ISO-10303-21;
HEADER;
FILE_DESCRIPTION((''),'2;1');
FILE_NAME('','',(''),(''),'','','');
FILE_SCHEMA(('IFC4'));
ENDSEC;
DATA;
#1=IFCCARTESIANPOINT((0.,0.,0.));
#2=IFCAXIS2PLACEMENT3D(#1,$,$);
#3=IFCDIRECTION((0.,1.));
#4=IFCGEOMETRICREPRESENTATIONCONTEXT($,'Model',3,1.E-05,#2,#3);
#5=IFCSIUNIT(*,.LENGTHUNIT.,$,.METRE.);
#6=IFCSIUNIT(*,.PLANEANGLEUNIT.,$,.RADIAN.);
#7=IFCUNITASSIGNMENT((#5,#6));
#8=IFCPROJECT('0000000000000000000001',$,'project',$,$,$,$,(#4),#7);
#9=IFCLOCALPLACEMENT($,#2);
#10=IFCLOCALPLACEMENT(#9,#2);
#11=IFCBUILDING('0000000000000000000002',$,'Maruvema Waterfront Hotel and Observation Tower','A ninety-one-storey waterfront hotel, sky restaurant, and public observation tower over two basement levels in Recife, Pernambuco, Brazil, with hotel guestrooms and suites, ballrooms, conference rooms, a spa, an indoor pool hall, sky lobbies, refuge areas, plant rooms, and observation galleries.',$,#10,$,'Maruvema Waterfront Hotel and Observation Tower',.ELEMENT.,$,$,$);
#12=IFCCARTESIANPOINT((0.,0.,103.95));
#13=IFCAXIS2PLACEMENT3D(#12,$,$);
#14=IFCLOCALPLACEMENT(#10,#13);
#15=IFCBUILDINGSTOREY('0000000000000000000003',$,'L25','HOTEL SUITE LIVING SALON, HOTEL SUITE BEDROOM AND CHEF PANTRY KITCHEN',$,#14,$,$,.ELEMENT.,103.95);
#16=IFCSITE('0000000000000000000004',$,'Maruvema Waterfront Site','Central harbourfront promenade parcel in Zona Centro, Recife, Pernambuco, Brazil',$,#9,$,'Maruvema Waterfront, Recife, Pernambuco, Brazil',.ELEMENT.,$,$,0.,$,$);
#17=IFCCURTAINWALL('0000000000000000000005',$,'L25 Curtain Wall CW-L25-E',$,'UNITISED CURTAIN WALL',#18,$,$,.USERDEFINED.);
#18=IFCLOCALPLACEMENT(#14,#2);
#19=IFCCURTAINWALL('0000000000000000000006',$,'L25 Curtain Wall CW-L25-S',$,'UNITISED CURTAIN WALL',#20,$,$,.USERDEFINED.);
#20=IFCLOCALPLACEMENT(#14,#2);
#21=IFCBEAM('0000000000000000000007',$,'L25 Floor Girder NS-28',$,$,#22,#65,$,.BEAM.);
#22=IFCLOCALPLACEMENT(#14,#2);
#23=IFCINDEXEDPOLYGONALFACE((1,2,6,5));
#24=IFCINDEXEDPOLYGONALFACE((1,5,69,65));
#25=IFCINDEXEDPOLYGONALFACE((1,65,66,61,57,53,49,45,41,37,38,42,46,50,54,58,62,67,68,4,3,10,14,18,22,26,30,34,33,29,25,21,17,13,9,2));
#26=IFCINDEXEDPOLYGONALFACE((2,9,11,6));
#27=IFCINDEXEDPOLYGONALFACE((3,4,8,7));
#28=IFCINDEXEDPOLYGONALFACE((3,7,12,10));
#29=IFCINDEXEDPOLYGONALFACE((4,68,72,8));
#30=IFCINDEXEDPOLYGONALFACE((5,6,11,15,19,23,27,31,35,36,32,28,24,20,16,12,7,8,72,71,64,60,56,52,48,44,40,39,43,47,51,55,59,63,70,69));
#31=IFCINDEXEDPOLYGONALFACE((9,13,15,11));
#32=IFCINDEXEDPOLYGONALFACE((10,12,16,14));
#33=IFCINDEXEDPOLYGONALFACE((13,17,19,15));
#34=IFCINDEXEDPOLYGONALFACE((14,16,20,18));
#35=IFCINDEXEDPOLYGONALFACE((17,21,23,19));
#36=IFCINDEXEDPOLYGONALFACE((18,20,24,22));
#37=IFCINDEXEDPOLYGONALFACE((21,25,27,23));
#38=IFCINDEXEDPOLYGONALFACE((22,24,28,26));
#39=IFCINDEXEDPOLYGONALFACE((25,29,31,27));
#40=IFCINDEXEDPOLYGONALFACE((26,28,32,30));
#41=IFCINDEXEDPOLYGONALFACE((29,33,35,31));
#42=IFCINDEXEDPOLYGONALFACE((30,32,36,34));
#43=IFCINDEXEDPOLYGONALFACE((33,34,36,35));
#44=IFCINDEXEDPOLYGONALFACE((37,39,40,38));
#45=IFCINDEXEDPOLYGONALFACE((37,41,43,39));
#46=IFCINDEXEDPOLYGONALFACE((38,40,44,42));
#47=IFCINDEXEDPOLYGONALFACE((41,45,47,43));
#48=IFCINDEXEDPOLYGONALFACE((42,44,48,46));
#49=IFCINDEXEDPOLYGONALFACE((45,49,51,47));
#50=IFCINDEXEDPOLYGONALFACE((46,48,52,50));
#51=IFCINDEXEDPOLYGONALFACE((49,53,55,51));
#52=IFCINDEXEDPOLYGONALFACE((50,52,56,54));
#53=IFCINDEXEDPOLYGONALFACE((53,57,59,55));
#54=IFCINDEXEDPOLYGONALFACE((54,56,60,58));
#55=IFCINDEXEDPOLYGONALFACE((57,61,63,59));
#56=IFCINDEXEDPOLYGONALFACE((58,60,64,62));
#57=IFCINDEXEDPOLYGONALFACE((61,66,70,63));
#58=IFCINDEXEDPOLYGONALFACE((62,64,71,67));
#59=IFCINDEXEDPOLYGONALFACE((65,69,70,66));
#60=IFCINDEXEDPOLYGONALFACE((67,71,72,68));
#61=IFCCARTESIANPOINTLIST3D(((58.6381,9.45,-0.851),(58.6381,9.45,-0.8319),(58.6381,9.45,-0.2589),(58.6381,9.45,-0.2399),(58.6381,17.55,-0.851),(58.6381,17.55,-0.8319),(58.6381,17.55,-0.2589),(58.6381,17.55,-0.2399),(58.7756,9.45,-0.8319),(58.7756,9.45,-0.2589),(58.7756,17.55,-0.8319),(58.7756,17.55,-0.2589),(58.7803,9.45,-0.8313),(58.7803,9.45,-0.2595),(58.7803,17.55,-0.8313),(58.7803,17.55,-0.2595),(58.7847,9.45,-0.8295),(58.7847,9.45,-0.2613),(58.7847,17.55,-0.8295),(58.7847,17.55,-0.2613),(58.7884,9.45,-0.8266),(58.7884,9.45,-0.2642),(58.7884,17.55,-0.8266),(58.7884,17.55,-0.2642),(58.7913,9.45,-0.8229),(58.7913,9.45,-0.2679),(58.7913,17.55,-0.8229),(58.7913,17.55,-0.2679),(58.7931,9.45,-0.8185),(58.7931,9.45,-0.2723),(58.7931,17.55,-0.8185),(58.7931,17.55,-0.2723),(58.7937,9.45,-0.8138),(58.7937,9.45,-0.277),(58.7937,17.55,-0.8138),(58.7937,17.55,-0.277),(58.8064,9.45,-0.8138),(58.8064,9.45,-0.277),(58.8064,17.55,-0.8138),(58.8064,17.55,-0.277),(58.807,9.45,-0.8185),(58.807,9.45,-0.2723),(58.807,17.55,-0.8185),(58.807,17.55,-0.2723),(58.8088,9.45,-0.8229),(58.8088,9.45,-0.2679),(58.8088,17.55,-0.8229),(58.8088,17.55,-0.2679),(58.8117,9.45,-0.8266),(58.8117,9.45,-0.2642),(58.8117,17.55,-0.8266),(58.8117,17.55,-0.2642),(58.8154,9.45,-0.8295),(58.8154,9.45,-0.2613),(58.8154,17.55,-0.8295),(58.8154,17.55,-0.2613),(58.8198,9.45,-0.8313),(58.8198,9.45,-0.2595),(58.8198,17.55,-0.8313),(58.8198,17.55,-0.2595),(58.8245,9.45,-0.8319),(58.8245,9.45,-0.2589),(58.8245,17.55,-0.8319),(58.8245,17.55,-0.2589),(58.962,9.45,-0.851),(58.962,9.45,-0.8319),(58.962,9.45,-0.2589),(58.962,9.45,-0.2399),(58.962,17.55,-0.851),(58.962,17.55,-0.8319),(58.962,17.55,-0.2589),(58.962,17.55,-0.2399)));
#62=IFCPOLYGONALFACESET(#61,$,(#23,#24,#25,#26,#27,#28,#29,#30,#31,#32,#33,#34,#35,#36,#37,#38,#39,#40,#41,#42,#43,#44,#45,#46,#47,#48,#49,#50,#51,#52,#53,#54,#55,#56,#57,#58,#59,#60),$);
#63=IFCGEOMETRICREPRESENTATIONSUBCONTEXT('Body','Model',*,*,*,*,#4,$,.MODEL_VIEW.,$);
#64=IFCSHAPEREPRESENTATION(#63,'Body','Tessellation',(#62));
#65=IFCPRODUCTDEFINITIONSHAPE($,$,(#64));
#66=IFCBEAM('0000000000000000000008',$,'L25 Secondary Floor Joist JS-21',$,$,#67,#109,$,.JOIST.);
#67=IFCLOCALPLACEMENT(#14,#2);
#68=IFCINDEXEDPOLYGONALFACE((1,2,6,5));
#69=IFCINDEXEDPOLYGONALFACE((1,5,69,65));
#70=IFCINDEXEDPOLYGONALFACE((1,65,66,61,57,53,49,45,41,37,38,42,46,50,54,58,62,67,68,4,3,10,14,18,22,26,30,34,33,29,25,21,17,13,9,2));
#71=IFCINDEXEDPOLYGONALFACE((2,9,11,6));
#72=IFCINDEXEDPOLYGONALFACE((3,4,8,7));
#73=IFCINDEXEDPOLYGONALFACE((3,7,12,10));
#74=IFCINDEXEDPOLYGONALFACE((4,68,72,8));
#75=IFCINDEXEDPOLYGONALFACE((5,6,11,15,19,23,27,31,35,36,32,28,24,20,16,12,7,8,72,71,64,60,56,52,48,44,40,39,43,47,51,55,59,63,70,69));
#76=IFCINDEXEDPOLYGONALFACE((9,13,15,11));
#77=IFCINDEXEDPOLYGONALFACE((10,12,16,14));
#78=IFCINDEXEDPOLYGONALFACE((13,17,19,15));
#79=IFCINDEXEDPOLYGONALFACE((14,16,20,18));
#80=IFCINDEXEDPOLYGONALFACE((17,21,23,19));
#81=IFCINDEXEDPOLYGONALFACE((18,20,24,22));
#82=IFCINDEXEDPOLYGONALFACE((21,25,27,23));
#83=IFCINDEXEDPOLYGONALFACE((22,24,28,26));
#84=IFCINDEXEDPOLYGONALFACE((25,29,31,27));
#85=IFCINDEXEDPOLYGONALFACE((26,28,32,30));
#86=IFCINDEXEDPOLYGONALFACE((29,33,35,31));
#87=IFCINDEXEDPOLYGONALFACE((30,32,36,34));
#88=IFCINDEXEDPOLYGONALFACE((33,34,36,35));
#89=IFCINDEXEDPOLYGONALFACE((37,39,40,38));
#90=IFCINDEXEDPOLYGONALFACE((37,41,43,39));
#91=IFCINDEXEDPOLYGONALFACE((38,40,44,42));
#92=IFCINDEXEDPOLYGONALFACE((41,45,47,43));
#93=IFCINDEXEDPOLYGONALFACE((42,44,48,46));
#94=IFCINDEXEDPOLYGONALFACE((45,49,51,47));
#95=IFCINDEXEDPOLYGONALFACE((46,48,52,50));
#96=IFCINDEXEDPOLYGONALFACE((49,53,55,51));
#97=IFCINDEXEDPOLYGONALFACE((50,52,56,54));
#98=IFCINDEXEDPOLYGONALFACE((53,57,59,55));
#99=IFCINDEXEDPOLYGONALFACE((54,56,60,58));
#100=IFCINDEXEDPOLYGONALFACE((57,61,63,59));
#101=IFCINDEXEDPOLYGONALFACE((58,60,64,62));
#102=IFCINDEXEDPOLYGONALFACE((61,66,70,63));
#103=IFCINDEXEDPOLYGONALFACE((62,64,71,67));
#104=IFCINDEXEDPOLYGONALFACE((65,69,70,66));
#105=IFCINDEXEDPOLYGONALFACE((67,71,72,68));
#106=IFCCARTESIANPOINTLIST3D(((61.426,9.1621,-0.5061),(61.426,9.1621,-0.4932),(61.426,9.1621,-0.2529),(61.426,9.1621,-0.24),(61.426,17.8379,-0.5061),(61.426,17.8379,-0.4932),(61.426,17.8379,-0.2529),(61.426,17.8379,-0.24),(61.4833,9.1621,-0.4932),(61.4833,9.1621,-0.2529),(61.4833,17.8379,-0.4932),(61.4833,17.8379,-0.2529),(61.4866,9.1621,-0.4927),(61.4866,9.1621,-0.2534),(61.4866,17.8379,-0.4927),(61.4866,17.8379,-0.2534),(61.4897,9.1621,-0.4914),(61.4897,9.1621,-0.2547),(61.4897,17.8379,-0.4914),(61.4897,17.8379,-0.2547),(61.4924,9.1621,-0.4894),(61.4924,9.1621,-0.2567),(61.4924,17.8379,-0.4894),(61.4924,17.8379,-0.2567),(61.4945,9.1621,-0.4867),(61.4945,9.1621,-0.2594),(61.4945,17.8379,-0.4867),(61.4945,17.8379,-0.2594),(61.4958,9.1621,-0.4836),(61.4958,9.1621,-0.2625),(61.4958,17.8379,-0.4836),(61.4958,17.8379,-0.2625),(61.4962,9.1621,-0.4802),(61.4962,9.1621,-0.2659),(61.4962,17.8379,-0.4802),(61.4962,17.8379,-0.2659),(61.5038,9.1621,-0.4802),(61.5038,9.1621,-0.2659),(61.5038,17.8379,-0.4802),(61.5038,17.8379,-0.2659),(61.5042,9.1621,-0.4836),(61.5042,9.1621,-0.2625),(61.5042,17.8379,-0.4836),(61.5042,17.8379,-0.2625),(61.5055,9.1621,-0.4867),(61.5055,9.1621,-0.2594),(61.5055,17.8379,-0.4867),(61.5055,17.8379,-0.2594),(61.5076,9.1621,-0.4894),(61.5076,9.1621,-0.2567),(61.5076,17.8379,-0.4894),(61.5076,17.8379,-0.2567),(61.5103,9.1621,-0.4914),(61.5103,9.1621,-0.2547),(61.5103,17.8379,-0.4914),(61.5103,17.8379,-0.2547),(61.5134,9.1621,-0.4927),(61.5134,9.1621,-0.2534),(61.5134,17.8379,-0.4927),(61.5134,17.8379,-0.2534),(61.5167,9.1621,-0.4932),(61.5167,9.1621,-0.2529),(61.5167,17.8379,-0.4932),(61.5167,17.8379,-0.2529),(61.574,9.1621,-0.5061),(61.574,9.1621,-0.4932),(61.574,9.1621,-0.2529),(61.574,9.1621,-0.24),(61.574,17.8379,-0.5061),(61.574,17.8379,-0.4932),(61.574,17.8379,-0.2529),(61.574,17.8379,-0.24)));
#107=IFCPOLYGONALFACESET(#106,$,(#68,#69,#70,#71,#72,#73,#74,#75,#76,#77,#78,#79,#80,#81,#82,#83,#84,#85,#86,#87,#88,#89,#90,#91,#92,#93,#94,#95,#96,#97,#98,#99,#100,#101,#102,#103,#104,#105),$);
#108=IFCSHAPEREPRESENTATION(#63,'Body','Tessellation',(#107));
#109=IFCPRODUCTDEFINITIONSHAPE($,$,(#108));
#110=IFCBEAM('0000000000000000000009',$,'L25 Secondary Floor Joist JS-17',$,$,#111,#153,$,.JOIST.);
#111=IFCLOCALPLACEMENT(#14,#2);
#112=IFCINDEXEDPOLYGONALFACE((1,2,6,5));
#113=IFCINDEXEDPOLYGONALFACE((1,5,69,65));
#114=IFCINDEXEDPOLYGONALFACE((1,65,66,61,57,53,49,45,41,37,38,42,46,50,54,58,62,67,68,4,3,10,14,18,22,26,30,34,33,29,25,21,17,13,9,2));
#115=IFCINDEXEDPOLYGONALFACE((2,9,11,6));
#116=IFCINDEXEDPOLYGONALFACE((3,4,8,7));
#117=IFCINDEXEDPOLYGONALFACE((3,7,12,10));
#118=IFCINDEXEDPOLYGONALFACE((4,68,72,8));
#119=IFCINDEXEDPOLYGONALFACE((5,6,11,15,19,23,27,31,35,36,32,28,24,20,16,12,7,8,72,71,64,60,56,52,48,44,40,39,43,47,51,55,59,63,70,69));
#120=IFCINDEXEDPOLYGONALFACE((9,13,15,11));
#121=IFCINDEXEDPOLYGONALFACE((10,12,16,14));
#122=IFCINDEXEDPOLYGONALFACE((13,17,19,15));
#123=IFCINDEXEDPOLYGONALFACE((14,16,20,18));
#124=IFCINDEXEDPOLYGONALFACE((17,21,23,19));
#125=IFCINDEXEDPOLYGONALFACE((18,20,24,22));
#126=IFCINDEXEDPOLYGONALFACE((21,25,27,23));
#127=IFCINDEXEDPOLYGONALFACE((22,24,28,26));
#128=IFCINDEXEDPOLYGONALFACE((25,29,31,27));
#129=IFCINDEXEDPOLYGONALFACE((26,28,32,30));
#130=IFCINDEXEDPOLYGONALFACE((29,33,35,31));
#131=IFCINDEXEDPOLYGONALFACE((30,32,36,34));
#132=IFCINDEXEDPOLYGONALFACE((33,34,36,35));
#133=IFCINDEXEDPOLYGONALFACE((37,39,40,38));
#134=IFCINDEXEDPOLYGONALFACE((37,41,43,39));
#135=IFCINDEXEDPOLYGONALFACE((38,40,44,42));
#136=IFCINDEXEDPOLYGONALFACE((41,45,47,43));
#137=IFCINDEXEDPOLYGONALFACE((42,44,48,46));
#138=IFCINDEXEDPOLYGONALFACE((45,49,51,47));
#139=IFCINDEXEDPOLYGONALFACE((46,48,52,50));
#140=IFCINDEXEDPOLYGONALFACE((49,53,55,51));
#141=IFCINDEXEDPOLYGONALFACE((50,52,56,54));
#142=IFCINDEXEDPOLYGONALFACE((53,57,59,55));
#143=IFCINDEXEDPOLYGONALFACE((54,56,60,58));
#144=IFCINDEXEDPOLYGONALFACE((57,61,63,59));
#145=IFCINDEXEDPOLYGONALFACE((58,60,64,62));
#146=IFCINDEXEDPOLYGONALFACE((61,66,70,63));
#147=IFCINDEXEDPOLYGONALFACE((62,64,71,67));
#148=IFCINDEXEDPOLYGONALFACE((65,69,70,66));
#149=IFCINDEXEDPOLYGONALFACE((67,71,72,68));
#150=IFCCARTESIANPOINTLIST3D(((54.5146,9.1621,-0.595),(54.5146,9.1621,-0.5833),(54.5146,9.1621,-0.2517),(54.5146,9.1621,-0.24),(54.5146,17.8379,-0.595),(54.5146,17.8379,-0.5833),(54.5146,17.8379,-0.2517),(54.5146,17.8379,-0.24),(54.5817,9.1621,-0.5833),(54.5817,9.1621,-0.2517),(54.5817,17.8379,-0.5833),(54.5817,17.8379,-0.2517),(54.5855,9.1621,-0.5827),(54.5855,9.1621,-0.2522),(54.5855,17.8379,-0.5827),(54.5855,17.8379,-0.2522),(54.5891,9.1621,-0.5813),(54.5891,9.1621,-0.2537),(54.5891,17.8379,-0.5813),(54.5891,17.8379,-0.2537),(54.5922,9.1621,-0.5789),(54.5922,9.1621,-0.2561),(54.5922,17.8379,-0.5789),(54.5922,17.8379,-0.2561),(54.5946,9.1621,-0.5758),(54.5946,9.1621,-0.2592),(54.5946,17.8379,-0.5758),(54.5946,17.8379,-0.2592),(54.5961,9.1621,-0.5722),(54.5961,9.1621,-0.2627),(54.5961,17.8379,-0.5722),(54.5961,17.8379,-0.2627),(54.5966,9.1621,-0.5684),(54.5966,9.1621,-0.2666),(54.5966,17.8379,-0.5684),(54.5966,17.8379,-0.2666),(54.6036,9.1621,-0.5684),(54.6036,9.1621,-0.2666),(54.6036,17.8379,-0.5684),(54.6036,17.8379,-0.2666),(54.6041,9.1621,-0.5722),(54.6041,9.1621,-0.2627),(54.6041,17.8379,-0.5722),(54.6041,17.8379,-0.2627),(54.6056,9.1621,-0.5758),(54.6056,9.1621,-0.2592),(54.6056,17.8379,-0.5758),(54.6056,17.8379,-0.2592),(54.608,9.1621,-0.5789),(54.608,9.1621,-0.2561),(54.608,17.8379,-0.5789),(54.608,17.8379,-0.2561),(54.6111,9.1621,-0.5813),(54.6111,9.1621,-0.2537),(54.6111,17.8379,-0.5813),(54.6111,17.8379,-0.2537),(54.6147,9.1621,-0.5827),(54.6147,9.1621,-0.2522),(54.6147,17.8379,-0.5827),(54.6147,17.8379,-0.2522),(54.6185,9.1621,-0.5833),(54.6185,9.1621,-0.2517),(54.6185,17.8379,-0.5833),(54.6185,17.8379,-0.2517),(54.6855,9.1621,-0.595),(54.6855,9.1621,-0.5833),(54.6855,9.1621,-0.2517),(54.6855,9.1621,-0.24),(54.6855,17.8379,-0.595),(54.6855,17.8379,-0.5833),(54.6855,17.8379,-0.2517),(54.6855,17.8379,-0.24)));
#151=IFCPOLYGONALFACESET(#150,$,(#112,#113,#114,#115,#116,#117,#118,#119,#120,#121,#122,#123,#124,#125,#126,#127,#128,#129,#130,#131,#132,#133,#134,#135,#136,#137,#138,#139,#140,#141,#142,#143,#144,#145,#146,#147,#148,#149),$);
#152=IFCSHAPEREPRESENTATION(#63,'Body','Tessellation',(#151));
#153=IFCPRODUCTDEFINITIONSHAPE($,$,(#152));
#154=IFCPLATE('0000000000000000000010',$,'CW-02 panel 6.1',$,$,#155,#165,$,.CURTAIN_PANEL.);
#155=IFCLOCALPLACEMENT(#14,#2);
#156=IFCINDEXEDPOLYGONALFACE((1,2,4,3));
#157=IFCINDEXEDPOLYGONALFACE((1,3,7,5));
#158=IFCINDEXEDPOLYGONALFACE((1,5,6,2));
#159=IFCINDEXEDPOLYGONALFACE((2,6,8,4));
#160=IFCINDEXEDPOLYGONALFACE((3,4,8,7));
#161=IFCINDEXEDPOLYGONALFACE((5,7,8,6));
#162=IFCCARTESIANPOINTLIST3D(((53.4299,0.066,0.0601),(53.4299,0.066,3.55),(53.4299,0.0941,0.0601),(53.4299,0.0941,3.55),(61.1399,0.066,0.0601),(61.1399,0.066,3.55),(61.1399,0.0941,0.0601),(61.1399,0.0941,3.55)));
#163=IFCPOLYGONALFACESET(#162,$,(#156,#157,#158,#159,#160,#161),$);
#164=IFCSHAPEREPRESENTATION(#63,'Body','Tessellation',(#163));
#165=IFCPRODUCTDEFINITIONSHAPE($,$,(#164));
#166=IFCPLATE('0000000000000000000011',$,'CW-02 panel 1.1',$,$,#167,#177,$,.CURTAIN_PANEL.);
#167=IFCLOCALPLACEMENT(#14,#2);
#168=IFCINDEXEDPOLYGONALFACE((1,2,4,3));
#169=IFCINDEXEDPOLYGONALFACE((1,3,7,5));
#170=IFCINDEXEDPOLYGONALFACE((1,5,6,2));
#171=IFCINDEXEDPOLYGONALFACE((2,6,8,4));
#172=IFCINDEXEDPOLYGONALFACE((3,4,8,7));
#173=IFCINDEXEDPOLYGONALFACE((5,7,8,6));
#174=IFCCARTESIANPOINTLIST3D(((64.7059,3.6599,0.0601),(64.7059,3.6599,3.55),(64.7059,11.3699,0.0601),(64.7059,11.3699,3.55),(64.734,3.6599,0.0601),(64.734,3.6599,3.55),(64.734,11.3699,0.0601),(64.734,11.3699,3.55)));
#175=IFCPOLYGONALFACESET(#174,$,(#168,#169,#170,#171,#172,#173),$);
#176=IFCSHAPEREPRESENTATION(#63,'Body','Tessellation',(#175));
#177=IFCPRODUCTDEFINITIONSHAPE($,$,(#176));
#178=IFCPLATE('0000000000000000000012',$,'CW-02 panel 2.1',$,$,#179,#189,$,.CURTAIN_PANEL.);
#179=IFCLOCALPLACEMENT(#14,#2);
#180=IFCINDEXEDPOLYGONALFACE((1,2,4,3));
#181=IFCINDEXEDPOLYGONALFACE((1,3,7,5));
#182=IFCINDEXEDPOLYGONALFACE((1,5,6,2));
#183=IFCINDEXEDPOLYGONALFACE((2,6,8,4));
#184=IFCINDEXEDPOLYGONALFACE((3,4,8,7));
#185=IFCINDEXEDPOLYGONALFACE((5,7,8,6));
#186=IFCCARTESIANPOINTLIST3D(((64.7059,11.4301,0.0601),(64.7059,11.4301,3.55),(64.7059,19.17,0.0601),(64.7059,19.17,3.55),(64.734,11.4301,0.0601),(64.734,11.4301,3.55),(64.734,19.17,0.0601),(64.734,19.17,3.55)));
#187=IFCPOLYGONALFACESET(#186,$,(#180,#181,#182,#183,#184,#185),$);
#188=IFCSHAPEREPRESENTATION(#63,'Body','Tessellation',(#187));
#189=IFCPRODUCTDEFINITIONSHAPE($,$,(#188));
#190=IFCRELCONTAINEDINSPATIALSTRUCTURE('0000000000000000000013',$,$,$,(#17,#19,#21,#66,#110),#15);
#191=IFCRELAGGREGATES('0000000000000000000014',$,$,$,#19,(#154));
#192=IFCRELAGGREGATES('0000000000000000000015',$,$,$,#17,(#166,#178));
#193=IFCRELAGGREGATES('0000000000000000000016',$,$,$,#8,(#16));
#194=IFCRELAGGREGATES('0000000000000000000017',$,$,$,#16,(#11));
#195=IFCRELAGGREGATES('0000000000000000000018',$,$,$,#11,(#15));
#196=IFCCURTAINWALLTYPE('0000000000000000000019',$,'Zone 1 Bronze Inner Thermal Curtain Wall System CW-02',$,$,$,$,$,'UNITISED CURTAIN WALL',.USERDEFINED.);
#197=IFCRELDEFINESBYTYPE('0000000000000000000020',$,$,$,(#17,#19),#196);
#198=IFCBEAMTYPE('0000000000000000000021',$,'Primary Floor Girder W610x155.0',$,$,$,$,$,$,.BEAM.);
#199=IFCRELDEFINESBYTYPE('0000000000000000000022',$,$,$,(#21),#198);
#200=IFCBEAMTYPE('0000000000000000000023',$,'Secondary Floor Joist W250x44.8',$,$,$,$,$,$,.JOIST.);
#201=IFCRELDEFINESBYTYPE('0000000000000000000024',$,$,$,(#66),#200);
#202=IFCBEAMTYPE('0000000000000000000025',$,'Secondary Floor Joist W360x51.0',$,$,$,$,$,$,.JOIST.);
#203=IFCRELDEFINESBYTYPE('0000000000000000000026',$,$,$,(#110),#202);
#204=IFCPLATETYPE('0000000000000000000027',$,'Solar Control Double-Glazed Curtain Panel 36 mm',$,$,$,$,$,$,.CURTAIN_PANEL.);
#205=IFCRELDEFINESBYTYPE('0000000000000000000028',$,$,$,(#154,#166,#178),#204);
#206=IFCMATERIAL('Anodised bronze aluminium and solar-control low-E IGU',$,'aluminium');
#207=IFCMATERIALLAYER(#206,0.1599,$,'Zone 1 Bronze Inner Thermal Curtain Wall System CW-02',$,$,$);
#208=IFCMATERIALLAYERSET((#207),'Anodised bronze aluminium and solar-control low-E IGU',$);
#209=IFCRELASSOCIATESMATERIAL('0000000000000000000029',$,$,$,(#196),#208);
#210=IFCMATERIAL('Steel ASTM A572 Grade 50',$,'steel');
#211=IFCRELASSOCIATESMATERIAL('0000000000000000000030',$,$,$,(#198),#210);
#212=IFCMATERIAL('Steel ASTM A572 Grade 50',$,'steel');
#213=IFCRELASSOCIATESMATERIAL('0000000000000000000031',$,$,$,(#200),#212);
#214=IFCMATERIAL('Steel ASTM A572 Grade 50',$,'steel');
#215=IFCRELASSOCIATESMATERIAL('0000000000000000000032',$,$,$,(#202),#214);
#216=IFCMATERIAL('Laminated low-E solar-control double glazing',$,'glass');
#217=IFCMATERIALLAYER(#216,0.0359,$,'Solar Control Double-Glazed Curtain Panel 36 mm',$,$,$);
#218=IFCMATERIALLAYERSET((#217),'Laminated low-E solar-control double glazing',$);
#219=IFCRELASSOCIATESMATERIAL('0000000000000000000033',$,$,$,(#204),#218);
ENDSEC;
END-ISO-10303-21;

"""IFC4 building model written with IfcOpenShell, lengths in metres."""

from ifc_helpers import new_model, si_unit, direction, frame, origin, origin_2d, place, context, subcontext, project, spatial, rectangle, i_section, extrude, material, layer, layer_set, material_profile, profile_set, type_object, element, aggregate, save


model = new_model("IFC4")

# Units and contexts
model_context = context("Model", 3, precision=1e-05, world=origin(), true_north=direction((0.0, 1.0)))
body_context = subcontext(model_context, "Body", "Model", "MODEL_VIEW")
ifc_project = project(units=[si_unit("LENGTHUNIT", "METRE"), si_unit("PLANEANGLEUNIT", "RADIAN")], contexts=[model_context])

# Site, building, storey
site_placement = place(None, origin())
site = spatial("IfcSite", under=ifc_project, at=site_placement, Name="Maruvema Waterfront Site", Description="Central harbourfront promenade parcel in Zona Centro, Recife, Pernambuco, Brazil", LongName="Maruvema Waterfront, Recife, Pernambuco, Brazil", CompositionType="ELEMENT", RefElevation=0.0)
building_placement = place(site_placement, origin())
building = spatial("IfcBuilding", under=site, at=building_placement, Name="Maruvema Waterfront Hotel and Observation Tower", Description="A ninety-one-storey waterfront hotel, sky restaurant, and public observation tower over two basement levels in Recife, Pernambuco, Brazil, with hotel guestrooms and suites, ballrooms, conference rooms, a spa, an indoor pool hall, sky lobbies, refuge areas, plant rooms, and observation galleries.", LongName="Maruvema Waterfront Hotel and Observation Tower", CompositionType="ELEMENT")
storey_placement = place(building_placement, frame((0.0, 0.0, 103.95)))
storey = spatial("IfcBuildingStorey", under=building, at=storey_placement, Name="L25", Description="HOTEL SUITE LIVING SALON, HOTEL SUITE BEDROOM AND CHEF PANTRY KITCHEN", CompositionType="ELEMENT", Elevation=103.95)

# Curtain wall
ifc_material_1 = material(Name="Anodised bronze aluminium and solar-control low-E IGU", Category="aluminium")
ifc_layer_1 = layer(ifc_material_1, 0.1599, Name="Zone 1 Bronze Inner Thermal Curtain Wall System CW-02")
ifc_layer_set_1 = layer_set([ifc_layer_1], Name="Anodised bronze aluminium and solar-control low-E IGU")
curtain_wall_type = type_object("IfcCurtainWallType", Name="Zone 1 Bronze Inner Thermal Curtain Wall System CW-02", ElementType="UNITISED CURTAIN WALL", PredefinedType="USERDEFINED", material=ifc_layer_set_1)
curtain_wall_1_placement = place(storey_placement, origin())
curtain_wall_1 = element("IfcCurtainWall", 1, at=curtain_wall_1_placement, inside=storey, type_object=curtain_wall_type, Name="L25 Curtain Wall CW-L25-E", ObjectType="UNITISED CURTAIN WALL", PredefinedType="USERDEFINED")

# Curtain wall
curtain_wall_2_placement = place(storey_placement, origin())
curtain_wall_2 = element("IfcCurtainWall", 2, at=curtain_wall_2_placement, inside=storey, type_object=curtain_wall_type, Name="L25 Curtain Wall CW-L25-S", ObjectType="UNITISED CURTAIN WALL", PredefinedType="USERDEFINED")

# Beams
ifc_material_2 = material(Name="Steel ASTM A572 Grade 50", Category="steel")
ifc_material_profile_1 = material_profile(ifc_material_2, i_section(OverallWidth=0.324, OverallDepth=0.6111, WebThickness=0.0127, FlangeThickness=0.019, FilletRadius=0.0181, at=origin_2d()), Name="W610x155.0")
ifc_profile_set_1 = profile_set([ifc_material_profile_1], Name="Steel ASTM A572 Grade 50")
beam_type_1 = type_object("IfcBeamType", Name="Primary Floor Girder W610x155.0", PredefinedType="BEAM", material=ifc_profile_set_1)
beam_1_placement = place(storey_placement, frame((58.8, 9.45, -0.5454), z_axis=(0.0, 1.0, 0.0), x_axis=(-1.0, 0.0, 0.0)))
element("IfcBeam", 3, at=beam_1_placement, inside=storey, type_object=beam_type_1, Name="L25 Floor Girder NS-28", PredefinedType="BEAM", context=body_context, shape_type="SweptSolid", body=[
    extrude(i_section(OverallWidth=0.324, OverallDepth=0.6111, WebThickness=0.0127, FlangeThickness=0.019, FilletRadius=0.0181, at=origin_2d()), origin(), (0.0, 0.0, 1.0), 8.1001),
])
ifc_material_3 = material(Name="Steel ASTM A572 Grade 50", Category="steel")
ifc_material_profile_2 = material_profile(ifc_material_3, i_section(OverallWidth=0.1479, OverallDepth=0.2661, WebThickness=0.0076, FlangeThickness=0.0129, FilletRadius=0.0129, at=origin_2d()), Name="W250x44.8")
ifc_profile_set_2 = profile_set([ifc_material_profile_2], Name="Steel ASTM A572 Grade 50")
beam_type_2 = type_object("IfcBeamType", Name="Secondary Floor Joist W250x44.8", PredefinedType="JOIST", material=ifc_profile_set_2)
beam_2_placement = place(storey_placement, frame((61.5, 9.1621, -0.373), z_axis=(0.0, 1.0, 0.0), x_axis=(-1.0, 0.0, 0.0)))
element("IfcBeam", 4, at=beam_2_placement, inside=storey, type_object=beam_type_2, Name="L25 Secondary Floor Joist JS-21", PredefinedType="JOIST", context=body_context, shape_type="SweptSolid", body=[
    extrude(i_section(OverallWidth=0.1479, OverallDepth=0.2661, WebThickness=0.0076, FlangeThickness=0.0129, FilletRadius=0.0129, at=origin_2d()), origin(), (0.0, 0.0, 1.0), 8.6758),
])
ifc_material_4 = material(Name="Steel ASTM A572 Grade 50", Category="steel")
ifc_material_profile_3 = material_profile(ifc_material_4, i_section(OverallWidth=0.1709, OverallDepth=0.355, WebThickness=0.0071, FlangeThickness=0.0117, FilletRadius=0.0149, at=origin_2d()), Name="W360x51.0")
ifc_profile_set_3 = profile_set([ifc_material_profile_3], Name="Steel ASTM A572 Grade 50")
beam_type_3 = type_object("IfcBeamType", Name="Secondary Floor Joist W360x51.0", PredefinedType="JOIST", material=ifc_profile_set_3)
beam_3_placement = place(storey_placement, frame((54.6001, 9.1621, -0.4175), z_axis=(0.0, 1.0, 0.0), x_axis=(-1.0, 0.0, 0.0)))
element("IfcBeam", 5, at=beam_3_placement, inside=storey, type_object=beam_type_3, Name="L25 Secondary Floor Joist JS-17", PredefinedType="JOIST", context=body_context, shape_type="SweptSolid", body=[
    extrude(i_section(OverallWidth=0.1709, OverallDepth=0.355, WebThickness=0.0071, FlangeThickness=0.0117, FilletRadius=0.0149, at=origin_2d()), origin(), (0.0, 0.0, 1.0), 8.6758),
])

# Plates
ifc_material_5 = material(Name="Laminated low-E solar-control double glazing", Category="glass")
ifc_layer_2 = layer(ifc_material_5, 0.0359, Name="Solar Control Double-Glazed Curtain Panel 36 mm")
ifc_layer_set_2 = layer_set([ifc_layer_2], Name="Laminated low-E solar-control double glazing")
plate_type = type_object("IfcPlateType", Name="Solar Control Double-Glazed Curtain Panel 36 mm", PredefinedType="CURTAIN_PANEL", material=ifc_layer_set_2)
plate_1_placement = place(storey_placement, frame((57.2849, 0.0801, 0.0601), z_axis=(0.0, 0.0, 1.0), x_axis=(1.0, 0.0, 0.0)))
plate_1 = element("IfcPlate", 6, at=plate_1_placement, type_object=plate_type, Name="CW-02 panel 6.1", PredefinedType="CURTAIN_PANEL", context=body_context, shape_type="SweptSolid", body=[
    extrude(rectangle(XDim=7.71, YDim=0.0281, at=origin_2d()), origin(), (0.0, 0.0, 1.0), 3.49),
])
aggregate(curtain_wall_2, [plate_1])
plate_2_placement = place(storey_placement, frame((64.72, 7.5149, 0.0601), z_axis=(0.0, 0.0, 1.0), x_axis=(0.0, 1.0, 0.0)))
plate_2 = element("IfcPlate", 7, at=plate_2_placement, type_object=plate_type, Name="CW-02 panel 1.1", PredefinedType="CURTAIN_PANEL", context=body_context, shape_type="SweptSolid", body=[
    extrude(rectangle(XDim=7.71, YDim=0.0281, at=origin_2d()), origin(), (0.0, 0.0, 1.0), 3.49),
])
plate_3_placement = place(storey_placement, frame((64.72, 15.3, 0.0601), z_axis=(0.0, 0.0, 1.0), x_axis=(0.0, 1.0, 0.0)))
plate_3 = element("IfcPlate", 8, at=plate_3_placement, type_object=plate_type, Name="CW-02 panel 2.1", PredefinedType="CURTAIN_PANEL", context=body_context, shape_type="SweptSolid", body=[
    extrude(rectangle(XDim=7.74, YDim=0.0281, at=origin_2d()), origin(), (0.0, 0.0, 1.0), 3.49),
])
aggregate(curtain_wall_1, [plate_2, plate_3])

save(model, "model.ifc")
